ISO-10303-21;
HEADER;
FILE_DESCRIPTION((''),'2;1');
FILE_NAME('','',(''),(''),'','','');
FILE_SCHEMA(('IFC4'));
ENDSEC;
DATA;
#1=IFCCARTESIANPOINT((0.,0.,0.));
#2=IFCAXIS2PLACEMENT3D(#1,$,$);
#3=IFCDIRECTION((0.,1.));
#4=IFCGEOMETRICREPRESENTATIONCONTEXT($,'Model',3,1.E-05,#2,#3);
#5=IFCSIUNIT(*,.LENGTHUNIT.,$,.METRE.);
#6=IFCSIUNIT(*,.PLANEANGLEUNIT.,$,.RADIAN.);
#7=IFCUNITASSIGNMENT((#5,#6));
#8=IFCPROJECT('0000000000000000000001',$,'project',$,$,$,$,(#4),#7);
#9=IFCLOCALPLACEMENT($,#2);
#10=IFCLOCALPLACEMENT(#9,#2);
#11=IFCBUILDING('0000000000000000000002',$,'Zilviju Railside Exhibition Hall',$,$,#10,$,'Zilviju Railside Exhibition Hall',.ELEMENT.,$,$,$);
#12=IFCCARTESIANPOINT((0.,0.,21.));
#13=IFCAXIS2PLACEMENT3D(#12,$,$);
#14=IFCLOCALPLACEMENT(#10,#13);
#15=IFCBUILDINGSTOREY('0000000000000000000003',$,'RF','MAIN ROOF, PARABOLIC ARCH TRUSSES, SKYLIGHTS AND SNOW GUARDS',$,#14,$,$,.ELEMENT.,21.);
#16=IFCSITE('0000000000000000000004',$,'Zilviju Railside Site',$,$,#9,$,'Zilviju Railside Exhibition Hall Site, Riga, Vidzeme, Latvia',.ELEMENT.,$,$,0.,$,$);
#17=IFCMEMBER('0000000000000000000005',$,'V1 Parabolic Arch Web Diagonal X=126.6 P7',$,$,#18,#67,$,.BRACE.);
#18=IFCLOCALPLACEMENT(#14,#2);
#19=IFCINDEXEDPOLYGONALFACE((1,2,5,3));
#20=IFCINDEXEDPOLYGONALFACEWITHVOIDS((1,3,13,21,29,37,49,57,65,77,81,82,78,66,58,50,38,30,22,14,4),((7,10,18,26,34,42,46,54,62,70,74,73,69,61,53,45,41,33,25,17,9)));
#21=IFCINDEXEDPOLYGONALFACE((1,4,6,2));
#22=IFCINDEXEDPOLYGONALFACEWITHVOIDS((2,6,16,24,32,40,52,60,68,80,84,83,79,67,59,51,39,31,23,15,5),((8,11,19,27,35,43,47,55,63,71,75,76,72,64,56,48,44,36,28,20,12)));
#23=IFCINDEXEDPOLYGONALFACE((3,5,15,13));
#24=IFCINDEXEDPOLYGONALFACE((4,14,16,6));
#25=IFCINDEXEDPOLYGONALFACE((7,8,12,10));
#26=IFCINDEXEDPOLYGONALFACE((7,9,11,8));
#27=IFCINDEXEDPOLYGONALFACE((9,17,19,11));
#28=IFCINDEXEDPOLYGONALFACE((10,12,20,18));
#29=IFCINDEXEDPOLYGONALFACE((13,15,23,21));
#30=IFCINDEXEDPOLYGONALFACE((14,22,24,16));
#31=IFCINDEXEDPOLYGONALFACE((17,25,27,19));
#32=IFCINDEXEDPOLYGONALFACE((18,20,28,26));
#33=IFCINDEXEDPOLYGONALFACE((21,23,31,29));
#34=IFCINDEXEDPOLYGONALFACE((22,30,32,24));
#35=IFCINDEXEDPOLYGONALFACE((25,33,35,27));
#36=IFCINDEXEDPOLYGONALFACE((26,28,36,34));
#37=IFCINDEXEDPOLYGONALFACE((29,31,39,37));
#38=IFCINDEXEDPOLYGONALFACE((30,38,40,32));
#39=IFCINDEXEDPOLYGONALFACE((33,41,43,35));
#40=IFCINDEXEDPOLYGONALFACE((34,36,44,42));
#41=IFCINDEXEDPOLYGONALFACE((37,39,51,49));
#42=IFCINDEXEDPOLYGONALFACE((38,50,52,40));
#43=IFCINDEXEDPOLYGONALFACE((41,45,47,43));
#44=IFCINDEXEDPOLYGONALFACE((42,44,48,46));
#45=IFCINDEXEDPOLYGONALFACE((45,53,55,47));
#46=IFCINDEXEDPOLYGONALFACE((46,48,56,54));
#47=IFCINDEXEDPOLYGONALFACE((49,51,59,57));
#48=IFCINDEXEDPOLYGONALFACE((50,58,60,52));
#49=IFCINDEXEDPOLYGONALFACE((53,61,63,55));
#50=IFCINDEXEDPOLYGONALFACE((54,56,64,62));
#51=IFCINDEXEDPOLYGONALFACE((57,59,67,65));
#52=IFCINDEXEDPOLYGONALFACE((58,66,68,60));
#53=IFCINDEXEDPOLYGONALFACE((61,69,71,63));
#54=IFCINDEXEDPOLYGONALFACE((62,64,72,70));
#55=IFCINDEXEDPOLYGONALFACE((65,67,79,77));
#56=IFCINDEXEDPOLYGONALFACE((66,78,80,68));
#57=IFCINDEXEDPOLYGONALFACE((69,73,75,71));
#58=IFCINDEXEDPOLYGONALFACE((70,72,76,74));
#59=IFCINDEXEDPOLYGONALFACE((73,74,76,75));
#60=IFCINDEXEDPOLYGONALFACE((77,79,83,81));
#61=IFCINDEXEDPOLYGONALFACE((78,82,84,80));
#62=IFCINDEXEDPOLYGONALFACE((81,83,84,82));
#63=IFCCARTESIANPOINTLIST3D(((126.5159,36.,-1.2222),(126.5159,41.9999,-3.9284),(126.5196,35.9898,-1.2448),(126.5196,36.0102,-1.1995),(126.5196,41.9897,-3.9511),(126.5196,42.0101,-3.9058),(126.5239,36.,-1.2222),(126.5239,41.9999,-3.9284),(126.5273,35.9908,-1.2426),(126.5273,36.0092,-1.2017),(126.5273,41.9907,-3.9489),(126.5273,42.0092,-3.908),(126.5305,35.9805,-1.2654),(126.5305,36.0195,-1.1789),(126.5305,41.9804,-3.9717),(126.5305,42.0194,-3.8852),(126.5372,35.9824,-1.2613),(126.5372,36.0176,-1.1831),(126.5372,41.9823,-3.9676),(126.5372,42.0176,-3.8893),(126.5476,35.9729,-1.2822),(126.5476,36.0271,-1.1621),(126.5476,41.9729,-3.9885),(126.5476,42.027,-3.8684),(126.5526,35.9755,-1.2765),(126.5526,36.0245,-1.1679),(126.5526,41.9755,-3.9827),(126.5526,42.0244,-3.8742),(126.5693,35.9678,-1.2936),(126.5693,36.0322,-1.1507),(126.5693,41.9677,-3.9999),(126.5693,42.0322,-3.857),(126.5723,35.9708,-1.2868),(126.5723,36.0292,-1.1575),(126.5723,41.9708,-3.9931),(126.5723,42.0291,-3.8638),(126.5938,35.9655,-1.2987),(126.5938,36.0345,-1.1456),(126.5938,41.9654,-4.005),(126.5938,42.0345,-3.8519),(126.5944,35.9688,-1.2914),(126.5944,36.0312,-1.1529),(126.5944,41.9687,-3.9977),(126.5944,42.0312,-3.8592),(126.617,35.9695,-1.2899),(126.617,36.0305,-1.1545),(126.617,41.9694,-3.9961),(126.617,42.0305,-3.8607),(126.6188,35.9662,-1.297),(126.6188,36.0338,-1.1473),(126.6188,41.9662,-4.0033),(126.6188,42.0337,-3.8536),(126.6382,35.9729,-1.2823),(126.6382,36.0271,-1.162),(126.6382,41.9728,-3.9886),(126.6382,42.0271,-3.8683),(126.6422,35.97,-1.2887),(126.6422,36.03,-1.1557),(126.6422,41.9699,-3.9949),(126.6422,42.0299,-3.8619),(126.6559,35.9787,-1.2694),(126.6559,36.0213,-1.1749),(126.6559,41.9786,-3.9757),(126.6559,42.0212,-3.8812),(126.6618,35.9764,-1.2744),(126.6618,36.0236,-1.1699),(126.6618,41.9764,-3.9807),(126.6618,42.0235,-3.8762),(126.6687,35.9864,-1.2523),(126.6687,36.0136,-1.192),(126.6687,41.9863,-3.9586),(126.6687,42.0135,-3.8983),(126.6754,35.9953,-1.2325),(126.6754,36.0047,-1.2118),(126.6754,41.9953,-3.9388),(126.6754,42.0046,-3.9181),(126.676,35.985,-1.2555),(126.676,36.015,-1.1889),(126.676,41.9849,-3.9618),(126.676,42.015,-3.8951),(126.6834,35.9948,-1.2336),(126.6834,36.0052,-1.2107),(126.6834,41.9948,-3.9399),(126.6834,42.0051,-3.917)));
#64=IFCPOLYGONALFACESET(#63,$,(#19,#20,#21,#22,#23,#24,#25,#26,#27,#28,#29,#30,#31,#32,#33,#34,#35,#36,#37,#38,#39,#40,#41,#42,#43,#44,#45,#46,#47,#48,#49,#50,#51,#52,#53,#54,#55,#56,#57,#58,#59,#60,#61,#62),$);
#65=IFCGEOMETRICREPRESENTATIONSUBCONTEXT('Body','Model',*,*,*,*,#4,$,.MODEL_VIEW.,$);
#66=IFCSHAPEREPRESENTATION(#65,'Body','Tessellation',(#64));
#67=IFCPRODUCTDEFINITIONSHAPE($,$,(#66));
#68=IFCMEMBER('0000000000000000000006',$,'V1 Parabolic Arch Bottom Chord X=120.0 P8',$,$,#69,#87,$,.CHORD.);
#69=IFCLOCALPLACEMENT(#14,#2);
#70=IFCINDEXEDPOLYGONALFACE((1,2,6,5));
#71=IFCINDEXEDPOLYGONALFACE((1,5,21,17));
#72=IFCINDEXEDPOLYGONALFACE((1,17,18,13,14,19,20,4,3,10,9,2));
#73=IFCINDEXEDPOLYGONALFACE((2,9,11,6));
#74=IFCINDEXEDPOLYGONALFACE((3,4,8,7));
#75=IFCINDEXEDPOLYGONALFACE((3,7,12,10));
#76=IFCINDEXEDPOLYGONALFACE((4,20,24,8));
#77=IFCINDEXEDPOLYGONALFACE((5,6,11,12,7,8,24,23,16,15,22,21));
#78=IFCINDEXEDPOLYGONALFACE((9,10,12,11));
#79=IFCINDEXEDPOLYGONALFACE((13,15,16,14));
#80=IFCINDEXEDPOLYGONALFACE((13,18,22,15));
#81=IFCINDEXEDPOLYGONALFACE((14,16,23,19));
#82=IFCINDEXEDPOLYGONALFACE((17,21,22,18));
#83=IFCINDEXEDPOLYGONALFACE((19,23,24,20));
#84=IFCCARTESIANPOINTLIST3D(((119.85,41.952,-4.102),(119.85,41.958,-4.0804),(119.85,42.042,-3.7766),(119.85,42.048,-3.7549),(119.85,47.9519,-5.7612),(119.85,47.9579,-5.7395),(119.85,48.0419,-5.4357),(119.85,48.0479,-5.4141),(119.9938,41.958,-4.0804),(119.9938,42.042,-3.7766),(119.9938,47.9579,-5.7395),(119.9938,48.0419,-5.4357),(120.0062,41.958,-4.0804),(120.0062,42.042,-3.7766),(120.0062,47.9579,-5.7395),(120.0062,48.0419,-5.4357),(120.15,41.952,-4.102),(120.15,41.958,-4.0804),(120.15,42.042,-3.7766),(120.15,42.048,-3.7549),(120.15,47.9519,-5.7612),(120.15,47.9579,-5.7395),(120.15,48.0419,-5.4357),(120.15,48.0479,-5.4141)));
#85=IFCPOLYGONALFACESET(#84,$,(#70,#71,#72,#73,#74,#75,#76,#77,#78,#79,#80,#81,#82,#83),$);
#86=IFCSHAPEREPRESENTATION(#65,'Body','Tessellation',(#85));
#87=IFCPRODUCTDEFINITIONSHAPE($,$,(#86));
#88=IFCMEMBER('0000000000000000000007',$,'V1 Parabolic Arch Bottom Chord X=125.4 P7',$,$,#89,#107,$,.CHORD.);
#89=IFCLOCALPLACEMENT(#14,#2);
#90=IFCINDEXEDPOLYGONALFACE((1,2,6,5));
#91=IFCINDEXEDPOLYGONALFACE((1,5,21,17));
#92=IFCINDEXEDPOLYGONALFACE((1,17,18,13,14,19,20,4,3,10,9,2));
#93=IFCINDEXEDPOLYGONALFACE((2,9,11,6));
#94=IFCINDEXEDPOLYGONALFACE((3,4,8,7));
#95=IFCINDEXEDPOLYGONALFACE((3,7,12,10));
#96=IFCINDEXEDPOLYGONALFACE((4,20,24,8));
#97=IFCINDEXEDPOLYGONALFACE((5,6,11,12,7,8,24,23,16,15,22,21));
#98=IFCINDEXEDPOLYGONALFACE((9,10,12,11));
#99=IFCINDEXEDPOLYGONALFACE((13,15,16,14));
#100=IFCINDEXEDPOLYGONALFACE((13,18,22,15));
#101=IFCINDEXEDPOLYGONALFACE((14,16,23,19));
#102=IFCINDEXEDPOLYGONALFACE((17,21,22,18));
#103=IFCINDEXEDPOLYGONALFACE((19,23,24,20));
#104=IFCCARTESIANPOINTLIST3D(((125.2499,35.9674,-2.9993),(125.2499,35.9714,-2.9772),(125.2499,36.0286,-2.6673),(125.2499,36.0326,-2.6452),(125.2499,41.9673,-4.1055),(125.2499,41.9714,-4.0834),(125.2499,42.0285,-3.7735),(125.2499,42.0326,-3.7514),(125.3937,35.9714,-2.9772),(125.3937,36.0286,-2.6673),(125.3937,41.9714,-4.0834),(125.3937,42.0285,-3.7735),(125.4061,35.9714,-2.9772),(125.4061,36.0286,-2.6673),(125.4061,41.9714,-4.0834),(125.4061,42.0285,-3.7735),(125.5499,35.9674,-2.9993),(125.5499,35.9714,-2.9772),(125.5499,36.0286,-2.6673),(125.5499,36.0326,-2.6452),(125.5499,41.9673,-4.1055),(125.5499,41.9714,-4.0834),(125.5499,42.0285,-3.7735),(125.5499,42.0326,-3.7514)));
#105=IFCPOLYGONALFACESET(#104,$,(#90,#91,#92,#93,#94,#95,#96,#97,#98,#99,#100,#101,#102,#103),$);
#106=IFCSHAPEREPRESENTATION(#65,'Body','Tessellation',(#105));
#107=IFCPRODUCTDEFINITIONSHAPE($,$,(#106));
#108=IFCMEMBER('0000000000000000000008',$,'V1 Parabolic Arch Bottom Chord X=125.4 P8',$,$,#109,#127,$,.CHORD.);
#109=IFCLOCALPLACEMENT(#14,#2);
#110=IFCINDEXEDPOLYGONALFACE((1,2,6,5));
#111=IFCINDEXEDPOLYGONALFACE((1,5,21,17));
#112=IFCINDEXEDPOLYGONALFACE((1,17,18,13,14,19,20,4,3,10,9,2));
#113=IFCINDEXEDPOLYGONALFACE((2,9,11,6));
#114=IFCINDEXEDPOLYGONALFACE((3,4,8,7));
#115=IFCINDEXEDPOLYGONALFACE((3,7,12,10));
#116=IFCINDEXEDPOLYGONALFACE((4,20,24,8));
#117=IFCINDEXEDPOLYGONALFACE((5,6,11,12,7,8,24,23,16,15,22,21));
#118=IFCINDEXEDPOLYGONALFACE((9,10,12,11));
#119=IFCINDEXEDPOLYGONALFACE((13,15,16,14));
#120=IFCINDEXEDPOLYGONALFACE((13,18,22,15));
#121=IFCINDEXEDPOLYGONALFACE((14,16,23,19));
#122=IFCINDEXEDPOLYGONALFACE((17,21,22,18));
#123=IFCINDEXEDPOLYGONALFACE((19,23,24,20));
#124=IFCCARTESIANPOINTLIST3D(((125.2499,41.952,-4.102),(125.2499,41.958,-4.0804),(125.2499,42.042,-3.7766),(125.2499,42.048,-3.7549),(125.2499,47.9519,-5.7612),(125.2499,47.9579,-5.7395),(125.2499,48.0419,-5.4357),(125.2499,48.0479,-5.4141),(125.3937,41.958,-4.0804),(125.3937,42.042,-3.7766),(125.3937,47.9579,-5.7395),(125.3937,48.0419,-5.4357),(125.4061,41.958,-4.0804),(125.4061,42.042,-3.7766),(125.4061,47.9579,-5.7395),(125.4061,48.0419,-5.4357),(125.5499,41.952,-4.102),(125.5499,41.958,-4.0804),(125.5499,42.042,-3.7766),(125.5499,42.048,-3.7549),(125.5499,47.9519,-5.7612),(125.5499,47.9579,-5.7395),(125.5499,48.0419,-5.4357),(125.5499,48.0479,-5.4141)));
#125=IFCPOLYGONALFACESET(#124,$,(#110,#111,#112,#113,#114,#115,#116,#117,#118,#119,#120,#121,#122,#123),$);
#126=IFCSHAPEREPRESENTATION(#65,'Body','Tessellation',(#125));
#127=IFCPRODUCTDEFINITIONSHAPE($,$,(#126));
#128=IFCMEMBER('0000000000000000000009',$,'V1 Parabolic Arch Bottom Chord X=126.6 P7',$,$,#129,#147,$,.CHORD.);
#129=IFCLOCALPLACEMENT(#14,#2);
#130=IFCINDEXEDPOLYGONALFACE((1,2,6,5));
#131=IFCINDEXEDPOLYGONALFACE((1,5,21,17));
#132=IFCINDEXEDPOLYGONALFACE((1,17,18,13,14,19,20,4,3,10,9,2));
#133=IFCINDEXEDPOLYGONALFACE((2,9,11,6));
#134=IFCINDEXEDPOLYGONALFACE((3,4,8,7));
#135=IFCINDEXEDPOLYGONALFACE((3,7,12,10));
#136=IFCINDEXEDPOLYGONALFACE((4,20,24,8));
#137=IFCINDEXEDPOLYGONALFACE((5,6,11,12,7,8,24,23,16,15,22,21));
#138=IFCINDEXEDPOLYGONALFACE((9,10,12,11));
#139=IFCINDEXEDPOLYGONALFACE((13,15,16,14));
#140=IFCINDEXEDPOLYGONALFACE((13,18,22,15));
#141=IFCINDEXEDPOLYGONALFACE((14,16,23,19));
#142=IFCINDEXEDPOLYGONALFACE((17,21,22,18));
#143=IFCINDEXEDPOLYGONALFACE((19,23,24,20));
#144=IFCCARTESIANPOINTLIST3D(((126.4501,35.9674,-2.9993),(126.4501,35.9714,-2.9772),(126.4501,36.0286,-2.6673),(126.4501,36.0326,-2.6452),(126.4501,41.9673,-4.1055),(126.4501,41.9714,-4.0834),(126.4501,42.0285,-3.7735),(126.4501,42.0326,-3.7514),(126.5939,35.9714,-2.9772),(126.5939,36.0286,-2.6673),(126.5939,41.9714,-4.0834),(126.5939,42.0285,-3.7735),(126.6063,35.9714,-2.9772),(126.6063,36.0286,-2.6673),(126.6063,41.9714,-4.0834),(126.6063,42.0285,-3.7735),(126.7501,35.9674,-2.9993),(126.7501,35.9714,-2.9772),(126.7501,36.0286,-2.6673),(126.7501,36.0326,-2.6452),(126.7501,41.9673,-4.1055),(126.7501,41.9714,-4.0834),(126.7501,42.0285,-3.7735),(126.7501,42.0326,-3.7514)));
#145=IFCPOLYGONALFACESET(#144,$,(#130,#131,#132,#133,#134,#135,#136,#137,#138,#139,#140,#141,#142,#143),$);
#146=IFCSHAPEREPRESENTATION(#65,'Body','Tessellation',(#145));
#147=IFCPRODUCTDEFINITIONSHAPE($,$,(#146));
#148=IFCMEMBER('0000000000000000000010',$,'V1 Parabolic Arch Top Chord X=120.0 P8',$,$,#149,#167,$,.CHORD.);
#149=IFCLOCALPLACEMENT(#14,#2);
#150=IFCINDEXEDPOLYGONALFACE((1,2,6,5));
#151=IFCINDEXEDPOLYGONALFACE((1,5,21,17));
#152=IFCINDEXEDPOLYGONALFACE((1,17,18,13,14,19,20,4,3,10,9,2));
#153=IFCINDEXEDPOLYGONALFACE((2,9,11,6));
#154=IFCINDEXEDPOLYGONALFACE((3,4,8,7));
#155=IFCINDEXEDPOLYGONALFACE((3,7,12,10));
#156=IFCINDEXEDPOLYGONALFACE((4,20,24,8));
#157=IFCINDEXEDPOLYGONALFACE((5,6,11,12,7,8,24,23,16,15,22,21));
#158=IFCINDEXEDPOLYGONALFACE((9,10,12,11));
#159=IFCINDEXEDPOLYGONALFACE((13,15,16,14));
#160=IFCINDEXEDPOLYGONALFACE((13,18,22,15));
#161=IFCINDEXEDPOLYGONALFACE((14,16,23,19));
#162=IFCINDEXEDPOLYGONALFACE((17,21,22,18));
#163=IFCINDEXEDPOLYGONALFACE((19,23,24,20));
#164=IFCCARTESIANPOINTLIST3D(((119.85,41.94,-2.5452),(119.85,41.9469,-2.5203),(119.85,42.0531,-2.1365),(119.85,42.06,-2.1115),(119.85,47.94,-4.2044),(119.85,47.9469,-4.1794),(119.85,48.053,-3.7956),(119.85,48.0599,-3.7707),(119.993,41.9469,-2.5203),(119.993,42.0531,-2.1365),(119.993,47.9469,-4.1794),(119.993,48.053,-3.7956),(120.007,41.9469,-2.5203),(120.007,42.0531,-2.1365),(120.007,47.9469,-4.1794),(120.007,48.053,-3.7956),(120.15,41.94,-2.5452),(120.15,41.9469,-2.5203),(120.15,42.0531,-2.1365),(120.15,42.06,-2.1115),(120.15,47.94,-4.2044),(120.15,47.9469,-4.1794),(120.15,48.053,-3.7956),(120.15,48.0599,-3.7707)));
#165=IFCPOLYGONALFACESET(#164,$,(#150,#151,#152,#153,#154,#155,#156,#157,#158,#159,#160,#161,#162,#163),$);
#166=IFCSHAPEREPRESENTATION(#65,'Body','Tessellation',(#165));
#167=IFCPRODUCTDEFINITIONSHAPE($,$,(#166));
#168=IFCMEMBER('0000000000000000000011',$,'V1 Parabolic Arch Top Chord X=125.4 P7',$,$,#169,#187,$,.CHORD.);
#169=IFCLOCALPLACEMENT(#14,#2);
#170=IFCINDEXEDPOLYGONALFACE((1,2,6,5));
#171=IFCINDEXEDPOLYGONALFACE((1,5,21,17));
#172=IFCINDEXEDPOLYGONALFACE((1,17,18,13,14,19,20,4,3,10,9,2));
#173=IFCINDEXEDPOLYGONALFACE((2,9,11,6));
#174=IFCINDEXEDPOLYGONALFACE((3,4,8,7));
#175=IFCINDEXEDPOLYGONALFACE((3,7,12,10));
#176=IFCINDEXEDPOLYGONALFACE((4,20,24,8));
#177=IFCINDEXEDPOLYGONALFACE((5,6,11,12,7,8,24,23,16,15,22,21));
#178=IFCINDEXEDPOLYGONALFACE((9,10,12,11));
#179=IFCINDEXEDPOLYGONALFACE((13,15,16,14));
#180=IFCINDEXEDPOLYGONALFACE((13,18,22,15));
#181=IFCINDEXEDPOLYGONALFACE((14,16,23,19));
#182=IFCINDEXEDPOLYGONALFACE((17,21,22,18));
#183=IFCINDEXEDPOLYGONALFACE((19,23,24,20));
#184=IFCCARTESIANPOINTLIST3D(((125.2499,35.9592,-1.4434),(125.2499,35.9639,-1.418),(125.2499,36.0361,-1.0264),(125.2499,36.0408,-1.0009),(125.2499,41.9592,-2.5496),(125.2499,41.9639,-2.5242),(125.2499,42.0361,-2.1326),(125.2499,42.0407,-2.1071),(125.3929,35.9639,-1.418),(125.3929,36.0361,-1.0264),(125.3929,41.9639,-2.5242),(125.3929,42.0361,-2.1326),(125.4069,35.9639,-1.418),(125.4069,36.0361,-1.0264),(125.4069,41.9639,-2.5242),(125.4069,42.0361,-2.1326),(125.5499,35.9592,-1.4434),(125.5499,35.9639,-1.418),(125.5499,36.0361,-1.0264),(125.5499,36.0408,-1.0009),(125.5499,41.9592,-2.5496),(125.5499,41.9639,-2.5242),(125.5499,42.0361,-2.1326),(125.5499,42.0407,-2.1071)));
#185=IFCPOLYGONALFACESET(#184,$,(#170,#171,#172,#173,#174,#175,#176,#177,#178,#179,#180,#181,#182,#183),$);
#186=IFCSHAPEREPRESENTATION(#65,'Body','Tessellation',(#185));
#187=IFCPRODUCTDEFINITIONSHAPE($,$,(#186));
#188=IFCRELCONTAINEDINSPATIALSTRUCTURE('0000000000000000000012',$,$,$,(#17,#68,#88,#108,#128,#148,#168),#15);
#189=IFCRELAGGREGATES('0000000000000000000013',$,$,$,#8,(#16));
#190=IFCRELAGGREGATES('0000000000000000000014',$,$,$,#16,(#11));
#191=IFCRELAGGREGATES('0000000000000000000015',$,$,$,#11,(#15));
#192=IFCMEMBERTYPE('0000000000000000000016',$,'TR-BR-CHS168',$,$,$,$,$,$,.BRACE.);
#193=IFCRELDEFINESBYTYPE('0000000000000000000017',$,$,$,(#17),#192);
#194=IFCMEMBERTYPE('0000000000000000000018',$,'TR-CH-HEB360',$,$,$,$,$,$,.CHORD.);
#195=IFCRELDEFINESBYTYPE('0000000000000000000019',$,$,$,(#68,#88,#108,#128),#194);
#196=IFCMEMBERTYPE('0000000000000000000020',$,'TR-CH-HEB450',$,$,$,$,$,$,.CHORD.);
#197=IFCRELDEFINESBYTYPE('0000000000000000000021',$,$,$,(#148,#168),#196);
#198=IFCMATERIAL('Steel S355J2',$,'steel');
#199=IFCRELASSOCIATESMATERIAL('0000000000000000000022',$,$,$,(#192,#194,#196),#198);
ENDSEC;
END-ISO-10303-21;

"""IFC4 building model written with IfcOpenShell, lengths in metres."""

from ifc_helpers import new_model, si_unit, direction, frame, origin, origin_2d, place, context, subcontext, project, spatial, hollow_circle, i_section, extrude, material, material_profile, profile_set, type_object, element, save


model = new_model("IFC4")

# Units and contexts
model_context = context("Model", 3, precision=1e-05, world=origin(), true_north=direction((0.0, 1.0)))
body_context = subcontext(model_context, "Body", "Model", "MODEL_VIEW")
ifc_project = project(units=[si_unit("LENGTHUNIT", "METRE"), si_unit("PLANEANGLEUNIT", "RADIAN")], contexts=[model_context])

# Site, building, storey
site_placement = place(None, origin())
site = spatial("IfcSite", under=ifc_project, at=site_placement, Name="Zilviju Railside Site", LongName="Zilviju Railside Exhibition Hall Site, Riga, Vidzeme, Latvia", CompositionType="ELEMENT", RefElevation=0.0)
building_placement = place(site_placement, origin())
building = spatial("IfcBuilding", under=site, at=building_placement, Name="Zilviju Railside Exhibition Hall", LongName="Zilviju Railside Exhibition Hall", CompositionType="ELEMENT")
storey_placement = place(building_placement, frame((0.0, 0.0, 21.0)))
storey = spatial("IfcBuildingStorey", under=building, at=storey_placement, Name="RF", Description="MAIN ROOF, PARABOLIC ARCH TRUSSES, SKYLIGHTS AND SNOW GUARDS", CompositionType="ELEMENT", Elevation=21.0)

# Members
ifc_material_1 = material(Name="Steel S355J2", Category="steel")
ifc_material_profile_1 = material_profile(ifc_material_1, hollow_circle(Radius=0.0842, WallThickness=0.0081, at=origin_2d()), Name="CHS 168.3x8.0")
ifc_profile_set_1 = profile_set([ifc_material_profile_1], Name="Steel S355J2")
member_type_1 = type_object("IfcMemberType", Name="TR-BR-CHS168", PredefinedType="BRACE", material=ifc_profile_set_1)
member_1_placement = place(storey_placement, frame((126.6001, 36.0, -1.2222), z_axis=(0.0, 0.911563, -0.41116), x_axis=(-1.0, 0.0, 0.0)))
element("IfcMember", 1, at=member_1_placement, inside=storey, type_object=member_type_1, Name="V1 Parabolic Arch Web Diagonal X=126.6 P7", PredefinedType="BRACE", context=body_context, shape_type="SweptSolid", body=[
    extrude(hollow_circle(Radius=0.0842, WallThickness=0.0081, at=origin_2d()), origin(), (0.0, 0.0, 1.0), 6.582),
])
ifc_material_profile_2 = material_profile(ifc_material_1, i_section(OverallWidth=0.3, OverallDepth=0.3601, WebThickness=0.0125, FlangeThickness=0.0225, at=origin_2d()), Name="HEB 360")
ifc_profile_set_2 = profile_set([ifc_material_profile_2], Name="Steel S355J2")
member_type_2 = type_object("IfcMemberType", Name="TR-CH-HEB360", PredefinedType="CHORD", material=ifc_profile_set_2)
member_2_placement = place(storey_placement, frame((120.0, 42.0, -3.9285), z_axis=(0.0, 0.963827, -0.266527), x_axis=(-1.0, 0.0, 0.0)))
element("IfcMember", 2, at=member_2_placement, inside=storey, type_object=member_type_2, Name="V1 Parabolic Arch Bottom Chord X=120.0 P8", PredefinedType="CHORD", context=body_context, shape_type="SweptSolid", body=[
    extrude(i_section(OverallWidth=0.3, OverallDepth=0.3601, WebThickness=0.0125, FlangeThickness=0.0225, at=origin_2d()), origin(), (0.0, 0.0, 1.0), 6.2251),
])
member_3_placement = place(storey_placement, frame((125.3999, 36.0, -2.8223), z_axis=(0.0, 0.983426, -0.181311), x_axis=(-1.0, 0.0, 0.0)))
element("IfcMember", 3, at=member_3_placement, inside=storey, type_object=member_type_2, Name="V1 Parabolic Arch Bottom Chord X=125.4 P7", PredefinedType="CHORD", context=body_context, shape_type="SweptSolid", body=[
    extrude(i_section(OverallWidth=0.3, OverallDepth=0.3601, WebThickness=0.0125, FlangeThickness=0.0225, at=origin_2d()), origin(), (0.0, 0.0, 1.0), 6.1011),
])
member_4_placement = place(storey_placement, frame((125.3999, 42.0, -3.9285), z_axis=(0.0, 0.963827, -0.266527), x_axis=(-1.0, 0.0, 0.0)))
element("IfcMember", 4, at=member_4_placement, inside=storey, type_object=member_type_2, Name="V1 Parabolic Arch Bottom Chord X=125.4 P8", PredefinedType="CHORD", context=body_context, shape_type="SweptSolid", body=[
    extrude(i_section(OverallWidth=0.3, OverallDepth=0.3601, WebThickness=0.0125, FlangeThickness=0.0225, at=origin_2d()), origin(), (0.0, 0.0, 1.0), 6.2251),
])
member_5_placement = place(storey_placement, frame((126.6001, 36.0, -2.8223), z_axis=(0.0, 0.983426, -0.181311), x_axis=(-1.0, 0.0, 0.0)))
element("IfcMember", 5, at=member_5_placement, inside=storey, type_object=member_type_2, Name="V1 Parabolic Arch Bottom Chord X=126.6 P7", PredefinedType="CHORD", context=body_context, shape_type="SweptSolid", body=[
    extrude(i_section(OverallWidth=0.3, OverallDepth=0.3601, WebThickness=0.0125, FlangeThickness=0.0225, at=origin_2d()), origin(), (0.0, 0.0, 1.0), 6.1011),
])
ifc_material_profile_3 = material_profile(ifc_material_1, i_section(OverallWidth=0.3, OverallDepth=0.45, WebThickness=0.0139, FlangeThickness=0.0259, at=origin_2d()), Name="HEB 450")
ifc_profile_set_3 = profile_set([ifc_material_profile_3], Name="Steel S355J2")
member_type_3 = type_object("IfcMemberType", Name="TR-CH-HEB450", PredefinedType="CHORD", material=ifc_profile_set_3)
member_6_placement = place(storey_placement, frame((120.0, 42.0, -2.3284), z_axis=(0.0, 0.963827, -0.266527), x_axis=(-1.0, 0.0, 0.0)))
element("IfcMember", 6, at=member_6_placement, inside=storey, type_object=member_type_3, Name="V1 Parabolic Arch Top Chord X=120.0 P8", PredefinedType="CHORD", context=body_context, shape_type="SweptSolid", body=[
    extrude(i_section(OverallWidth=0.3, OverallDepth=0.45, WebThickness=0.0139, FlangeThickness=0.0259, at=origin_2d()), origin(), (0.0, 0.0, 1.0), 6.2251),
])
member_7_placement = place(storey_placement, frame((125.3999, 36.0, -1.2222), z_axis=(0.0, 0.983426, -0.181311), x_axis=(-1.0, 0.0, 0.0)))
element("IfcMember", 7, at=member_7_placement, inside=storey, type_object=member_type_3, Name="V1 Parabolic Arch Top Chord X=125.4 P7", PredefinedType="CHORD", context=body_context, shape_type="SweptSolid", body=[
    extrude(i_section(OverallWidth=0.3, OverallDepth=0.45, WebThickness=0.0139, FlangeThickness=0.0259, at=origin_2d()), origin(), (0.0, 0.0, 1.0), 6.1011),
])

save(model, "model.ifc")
